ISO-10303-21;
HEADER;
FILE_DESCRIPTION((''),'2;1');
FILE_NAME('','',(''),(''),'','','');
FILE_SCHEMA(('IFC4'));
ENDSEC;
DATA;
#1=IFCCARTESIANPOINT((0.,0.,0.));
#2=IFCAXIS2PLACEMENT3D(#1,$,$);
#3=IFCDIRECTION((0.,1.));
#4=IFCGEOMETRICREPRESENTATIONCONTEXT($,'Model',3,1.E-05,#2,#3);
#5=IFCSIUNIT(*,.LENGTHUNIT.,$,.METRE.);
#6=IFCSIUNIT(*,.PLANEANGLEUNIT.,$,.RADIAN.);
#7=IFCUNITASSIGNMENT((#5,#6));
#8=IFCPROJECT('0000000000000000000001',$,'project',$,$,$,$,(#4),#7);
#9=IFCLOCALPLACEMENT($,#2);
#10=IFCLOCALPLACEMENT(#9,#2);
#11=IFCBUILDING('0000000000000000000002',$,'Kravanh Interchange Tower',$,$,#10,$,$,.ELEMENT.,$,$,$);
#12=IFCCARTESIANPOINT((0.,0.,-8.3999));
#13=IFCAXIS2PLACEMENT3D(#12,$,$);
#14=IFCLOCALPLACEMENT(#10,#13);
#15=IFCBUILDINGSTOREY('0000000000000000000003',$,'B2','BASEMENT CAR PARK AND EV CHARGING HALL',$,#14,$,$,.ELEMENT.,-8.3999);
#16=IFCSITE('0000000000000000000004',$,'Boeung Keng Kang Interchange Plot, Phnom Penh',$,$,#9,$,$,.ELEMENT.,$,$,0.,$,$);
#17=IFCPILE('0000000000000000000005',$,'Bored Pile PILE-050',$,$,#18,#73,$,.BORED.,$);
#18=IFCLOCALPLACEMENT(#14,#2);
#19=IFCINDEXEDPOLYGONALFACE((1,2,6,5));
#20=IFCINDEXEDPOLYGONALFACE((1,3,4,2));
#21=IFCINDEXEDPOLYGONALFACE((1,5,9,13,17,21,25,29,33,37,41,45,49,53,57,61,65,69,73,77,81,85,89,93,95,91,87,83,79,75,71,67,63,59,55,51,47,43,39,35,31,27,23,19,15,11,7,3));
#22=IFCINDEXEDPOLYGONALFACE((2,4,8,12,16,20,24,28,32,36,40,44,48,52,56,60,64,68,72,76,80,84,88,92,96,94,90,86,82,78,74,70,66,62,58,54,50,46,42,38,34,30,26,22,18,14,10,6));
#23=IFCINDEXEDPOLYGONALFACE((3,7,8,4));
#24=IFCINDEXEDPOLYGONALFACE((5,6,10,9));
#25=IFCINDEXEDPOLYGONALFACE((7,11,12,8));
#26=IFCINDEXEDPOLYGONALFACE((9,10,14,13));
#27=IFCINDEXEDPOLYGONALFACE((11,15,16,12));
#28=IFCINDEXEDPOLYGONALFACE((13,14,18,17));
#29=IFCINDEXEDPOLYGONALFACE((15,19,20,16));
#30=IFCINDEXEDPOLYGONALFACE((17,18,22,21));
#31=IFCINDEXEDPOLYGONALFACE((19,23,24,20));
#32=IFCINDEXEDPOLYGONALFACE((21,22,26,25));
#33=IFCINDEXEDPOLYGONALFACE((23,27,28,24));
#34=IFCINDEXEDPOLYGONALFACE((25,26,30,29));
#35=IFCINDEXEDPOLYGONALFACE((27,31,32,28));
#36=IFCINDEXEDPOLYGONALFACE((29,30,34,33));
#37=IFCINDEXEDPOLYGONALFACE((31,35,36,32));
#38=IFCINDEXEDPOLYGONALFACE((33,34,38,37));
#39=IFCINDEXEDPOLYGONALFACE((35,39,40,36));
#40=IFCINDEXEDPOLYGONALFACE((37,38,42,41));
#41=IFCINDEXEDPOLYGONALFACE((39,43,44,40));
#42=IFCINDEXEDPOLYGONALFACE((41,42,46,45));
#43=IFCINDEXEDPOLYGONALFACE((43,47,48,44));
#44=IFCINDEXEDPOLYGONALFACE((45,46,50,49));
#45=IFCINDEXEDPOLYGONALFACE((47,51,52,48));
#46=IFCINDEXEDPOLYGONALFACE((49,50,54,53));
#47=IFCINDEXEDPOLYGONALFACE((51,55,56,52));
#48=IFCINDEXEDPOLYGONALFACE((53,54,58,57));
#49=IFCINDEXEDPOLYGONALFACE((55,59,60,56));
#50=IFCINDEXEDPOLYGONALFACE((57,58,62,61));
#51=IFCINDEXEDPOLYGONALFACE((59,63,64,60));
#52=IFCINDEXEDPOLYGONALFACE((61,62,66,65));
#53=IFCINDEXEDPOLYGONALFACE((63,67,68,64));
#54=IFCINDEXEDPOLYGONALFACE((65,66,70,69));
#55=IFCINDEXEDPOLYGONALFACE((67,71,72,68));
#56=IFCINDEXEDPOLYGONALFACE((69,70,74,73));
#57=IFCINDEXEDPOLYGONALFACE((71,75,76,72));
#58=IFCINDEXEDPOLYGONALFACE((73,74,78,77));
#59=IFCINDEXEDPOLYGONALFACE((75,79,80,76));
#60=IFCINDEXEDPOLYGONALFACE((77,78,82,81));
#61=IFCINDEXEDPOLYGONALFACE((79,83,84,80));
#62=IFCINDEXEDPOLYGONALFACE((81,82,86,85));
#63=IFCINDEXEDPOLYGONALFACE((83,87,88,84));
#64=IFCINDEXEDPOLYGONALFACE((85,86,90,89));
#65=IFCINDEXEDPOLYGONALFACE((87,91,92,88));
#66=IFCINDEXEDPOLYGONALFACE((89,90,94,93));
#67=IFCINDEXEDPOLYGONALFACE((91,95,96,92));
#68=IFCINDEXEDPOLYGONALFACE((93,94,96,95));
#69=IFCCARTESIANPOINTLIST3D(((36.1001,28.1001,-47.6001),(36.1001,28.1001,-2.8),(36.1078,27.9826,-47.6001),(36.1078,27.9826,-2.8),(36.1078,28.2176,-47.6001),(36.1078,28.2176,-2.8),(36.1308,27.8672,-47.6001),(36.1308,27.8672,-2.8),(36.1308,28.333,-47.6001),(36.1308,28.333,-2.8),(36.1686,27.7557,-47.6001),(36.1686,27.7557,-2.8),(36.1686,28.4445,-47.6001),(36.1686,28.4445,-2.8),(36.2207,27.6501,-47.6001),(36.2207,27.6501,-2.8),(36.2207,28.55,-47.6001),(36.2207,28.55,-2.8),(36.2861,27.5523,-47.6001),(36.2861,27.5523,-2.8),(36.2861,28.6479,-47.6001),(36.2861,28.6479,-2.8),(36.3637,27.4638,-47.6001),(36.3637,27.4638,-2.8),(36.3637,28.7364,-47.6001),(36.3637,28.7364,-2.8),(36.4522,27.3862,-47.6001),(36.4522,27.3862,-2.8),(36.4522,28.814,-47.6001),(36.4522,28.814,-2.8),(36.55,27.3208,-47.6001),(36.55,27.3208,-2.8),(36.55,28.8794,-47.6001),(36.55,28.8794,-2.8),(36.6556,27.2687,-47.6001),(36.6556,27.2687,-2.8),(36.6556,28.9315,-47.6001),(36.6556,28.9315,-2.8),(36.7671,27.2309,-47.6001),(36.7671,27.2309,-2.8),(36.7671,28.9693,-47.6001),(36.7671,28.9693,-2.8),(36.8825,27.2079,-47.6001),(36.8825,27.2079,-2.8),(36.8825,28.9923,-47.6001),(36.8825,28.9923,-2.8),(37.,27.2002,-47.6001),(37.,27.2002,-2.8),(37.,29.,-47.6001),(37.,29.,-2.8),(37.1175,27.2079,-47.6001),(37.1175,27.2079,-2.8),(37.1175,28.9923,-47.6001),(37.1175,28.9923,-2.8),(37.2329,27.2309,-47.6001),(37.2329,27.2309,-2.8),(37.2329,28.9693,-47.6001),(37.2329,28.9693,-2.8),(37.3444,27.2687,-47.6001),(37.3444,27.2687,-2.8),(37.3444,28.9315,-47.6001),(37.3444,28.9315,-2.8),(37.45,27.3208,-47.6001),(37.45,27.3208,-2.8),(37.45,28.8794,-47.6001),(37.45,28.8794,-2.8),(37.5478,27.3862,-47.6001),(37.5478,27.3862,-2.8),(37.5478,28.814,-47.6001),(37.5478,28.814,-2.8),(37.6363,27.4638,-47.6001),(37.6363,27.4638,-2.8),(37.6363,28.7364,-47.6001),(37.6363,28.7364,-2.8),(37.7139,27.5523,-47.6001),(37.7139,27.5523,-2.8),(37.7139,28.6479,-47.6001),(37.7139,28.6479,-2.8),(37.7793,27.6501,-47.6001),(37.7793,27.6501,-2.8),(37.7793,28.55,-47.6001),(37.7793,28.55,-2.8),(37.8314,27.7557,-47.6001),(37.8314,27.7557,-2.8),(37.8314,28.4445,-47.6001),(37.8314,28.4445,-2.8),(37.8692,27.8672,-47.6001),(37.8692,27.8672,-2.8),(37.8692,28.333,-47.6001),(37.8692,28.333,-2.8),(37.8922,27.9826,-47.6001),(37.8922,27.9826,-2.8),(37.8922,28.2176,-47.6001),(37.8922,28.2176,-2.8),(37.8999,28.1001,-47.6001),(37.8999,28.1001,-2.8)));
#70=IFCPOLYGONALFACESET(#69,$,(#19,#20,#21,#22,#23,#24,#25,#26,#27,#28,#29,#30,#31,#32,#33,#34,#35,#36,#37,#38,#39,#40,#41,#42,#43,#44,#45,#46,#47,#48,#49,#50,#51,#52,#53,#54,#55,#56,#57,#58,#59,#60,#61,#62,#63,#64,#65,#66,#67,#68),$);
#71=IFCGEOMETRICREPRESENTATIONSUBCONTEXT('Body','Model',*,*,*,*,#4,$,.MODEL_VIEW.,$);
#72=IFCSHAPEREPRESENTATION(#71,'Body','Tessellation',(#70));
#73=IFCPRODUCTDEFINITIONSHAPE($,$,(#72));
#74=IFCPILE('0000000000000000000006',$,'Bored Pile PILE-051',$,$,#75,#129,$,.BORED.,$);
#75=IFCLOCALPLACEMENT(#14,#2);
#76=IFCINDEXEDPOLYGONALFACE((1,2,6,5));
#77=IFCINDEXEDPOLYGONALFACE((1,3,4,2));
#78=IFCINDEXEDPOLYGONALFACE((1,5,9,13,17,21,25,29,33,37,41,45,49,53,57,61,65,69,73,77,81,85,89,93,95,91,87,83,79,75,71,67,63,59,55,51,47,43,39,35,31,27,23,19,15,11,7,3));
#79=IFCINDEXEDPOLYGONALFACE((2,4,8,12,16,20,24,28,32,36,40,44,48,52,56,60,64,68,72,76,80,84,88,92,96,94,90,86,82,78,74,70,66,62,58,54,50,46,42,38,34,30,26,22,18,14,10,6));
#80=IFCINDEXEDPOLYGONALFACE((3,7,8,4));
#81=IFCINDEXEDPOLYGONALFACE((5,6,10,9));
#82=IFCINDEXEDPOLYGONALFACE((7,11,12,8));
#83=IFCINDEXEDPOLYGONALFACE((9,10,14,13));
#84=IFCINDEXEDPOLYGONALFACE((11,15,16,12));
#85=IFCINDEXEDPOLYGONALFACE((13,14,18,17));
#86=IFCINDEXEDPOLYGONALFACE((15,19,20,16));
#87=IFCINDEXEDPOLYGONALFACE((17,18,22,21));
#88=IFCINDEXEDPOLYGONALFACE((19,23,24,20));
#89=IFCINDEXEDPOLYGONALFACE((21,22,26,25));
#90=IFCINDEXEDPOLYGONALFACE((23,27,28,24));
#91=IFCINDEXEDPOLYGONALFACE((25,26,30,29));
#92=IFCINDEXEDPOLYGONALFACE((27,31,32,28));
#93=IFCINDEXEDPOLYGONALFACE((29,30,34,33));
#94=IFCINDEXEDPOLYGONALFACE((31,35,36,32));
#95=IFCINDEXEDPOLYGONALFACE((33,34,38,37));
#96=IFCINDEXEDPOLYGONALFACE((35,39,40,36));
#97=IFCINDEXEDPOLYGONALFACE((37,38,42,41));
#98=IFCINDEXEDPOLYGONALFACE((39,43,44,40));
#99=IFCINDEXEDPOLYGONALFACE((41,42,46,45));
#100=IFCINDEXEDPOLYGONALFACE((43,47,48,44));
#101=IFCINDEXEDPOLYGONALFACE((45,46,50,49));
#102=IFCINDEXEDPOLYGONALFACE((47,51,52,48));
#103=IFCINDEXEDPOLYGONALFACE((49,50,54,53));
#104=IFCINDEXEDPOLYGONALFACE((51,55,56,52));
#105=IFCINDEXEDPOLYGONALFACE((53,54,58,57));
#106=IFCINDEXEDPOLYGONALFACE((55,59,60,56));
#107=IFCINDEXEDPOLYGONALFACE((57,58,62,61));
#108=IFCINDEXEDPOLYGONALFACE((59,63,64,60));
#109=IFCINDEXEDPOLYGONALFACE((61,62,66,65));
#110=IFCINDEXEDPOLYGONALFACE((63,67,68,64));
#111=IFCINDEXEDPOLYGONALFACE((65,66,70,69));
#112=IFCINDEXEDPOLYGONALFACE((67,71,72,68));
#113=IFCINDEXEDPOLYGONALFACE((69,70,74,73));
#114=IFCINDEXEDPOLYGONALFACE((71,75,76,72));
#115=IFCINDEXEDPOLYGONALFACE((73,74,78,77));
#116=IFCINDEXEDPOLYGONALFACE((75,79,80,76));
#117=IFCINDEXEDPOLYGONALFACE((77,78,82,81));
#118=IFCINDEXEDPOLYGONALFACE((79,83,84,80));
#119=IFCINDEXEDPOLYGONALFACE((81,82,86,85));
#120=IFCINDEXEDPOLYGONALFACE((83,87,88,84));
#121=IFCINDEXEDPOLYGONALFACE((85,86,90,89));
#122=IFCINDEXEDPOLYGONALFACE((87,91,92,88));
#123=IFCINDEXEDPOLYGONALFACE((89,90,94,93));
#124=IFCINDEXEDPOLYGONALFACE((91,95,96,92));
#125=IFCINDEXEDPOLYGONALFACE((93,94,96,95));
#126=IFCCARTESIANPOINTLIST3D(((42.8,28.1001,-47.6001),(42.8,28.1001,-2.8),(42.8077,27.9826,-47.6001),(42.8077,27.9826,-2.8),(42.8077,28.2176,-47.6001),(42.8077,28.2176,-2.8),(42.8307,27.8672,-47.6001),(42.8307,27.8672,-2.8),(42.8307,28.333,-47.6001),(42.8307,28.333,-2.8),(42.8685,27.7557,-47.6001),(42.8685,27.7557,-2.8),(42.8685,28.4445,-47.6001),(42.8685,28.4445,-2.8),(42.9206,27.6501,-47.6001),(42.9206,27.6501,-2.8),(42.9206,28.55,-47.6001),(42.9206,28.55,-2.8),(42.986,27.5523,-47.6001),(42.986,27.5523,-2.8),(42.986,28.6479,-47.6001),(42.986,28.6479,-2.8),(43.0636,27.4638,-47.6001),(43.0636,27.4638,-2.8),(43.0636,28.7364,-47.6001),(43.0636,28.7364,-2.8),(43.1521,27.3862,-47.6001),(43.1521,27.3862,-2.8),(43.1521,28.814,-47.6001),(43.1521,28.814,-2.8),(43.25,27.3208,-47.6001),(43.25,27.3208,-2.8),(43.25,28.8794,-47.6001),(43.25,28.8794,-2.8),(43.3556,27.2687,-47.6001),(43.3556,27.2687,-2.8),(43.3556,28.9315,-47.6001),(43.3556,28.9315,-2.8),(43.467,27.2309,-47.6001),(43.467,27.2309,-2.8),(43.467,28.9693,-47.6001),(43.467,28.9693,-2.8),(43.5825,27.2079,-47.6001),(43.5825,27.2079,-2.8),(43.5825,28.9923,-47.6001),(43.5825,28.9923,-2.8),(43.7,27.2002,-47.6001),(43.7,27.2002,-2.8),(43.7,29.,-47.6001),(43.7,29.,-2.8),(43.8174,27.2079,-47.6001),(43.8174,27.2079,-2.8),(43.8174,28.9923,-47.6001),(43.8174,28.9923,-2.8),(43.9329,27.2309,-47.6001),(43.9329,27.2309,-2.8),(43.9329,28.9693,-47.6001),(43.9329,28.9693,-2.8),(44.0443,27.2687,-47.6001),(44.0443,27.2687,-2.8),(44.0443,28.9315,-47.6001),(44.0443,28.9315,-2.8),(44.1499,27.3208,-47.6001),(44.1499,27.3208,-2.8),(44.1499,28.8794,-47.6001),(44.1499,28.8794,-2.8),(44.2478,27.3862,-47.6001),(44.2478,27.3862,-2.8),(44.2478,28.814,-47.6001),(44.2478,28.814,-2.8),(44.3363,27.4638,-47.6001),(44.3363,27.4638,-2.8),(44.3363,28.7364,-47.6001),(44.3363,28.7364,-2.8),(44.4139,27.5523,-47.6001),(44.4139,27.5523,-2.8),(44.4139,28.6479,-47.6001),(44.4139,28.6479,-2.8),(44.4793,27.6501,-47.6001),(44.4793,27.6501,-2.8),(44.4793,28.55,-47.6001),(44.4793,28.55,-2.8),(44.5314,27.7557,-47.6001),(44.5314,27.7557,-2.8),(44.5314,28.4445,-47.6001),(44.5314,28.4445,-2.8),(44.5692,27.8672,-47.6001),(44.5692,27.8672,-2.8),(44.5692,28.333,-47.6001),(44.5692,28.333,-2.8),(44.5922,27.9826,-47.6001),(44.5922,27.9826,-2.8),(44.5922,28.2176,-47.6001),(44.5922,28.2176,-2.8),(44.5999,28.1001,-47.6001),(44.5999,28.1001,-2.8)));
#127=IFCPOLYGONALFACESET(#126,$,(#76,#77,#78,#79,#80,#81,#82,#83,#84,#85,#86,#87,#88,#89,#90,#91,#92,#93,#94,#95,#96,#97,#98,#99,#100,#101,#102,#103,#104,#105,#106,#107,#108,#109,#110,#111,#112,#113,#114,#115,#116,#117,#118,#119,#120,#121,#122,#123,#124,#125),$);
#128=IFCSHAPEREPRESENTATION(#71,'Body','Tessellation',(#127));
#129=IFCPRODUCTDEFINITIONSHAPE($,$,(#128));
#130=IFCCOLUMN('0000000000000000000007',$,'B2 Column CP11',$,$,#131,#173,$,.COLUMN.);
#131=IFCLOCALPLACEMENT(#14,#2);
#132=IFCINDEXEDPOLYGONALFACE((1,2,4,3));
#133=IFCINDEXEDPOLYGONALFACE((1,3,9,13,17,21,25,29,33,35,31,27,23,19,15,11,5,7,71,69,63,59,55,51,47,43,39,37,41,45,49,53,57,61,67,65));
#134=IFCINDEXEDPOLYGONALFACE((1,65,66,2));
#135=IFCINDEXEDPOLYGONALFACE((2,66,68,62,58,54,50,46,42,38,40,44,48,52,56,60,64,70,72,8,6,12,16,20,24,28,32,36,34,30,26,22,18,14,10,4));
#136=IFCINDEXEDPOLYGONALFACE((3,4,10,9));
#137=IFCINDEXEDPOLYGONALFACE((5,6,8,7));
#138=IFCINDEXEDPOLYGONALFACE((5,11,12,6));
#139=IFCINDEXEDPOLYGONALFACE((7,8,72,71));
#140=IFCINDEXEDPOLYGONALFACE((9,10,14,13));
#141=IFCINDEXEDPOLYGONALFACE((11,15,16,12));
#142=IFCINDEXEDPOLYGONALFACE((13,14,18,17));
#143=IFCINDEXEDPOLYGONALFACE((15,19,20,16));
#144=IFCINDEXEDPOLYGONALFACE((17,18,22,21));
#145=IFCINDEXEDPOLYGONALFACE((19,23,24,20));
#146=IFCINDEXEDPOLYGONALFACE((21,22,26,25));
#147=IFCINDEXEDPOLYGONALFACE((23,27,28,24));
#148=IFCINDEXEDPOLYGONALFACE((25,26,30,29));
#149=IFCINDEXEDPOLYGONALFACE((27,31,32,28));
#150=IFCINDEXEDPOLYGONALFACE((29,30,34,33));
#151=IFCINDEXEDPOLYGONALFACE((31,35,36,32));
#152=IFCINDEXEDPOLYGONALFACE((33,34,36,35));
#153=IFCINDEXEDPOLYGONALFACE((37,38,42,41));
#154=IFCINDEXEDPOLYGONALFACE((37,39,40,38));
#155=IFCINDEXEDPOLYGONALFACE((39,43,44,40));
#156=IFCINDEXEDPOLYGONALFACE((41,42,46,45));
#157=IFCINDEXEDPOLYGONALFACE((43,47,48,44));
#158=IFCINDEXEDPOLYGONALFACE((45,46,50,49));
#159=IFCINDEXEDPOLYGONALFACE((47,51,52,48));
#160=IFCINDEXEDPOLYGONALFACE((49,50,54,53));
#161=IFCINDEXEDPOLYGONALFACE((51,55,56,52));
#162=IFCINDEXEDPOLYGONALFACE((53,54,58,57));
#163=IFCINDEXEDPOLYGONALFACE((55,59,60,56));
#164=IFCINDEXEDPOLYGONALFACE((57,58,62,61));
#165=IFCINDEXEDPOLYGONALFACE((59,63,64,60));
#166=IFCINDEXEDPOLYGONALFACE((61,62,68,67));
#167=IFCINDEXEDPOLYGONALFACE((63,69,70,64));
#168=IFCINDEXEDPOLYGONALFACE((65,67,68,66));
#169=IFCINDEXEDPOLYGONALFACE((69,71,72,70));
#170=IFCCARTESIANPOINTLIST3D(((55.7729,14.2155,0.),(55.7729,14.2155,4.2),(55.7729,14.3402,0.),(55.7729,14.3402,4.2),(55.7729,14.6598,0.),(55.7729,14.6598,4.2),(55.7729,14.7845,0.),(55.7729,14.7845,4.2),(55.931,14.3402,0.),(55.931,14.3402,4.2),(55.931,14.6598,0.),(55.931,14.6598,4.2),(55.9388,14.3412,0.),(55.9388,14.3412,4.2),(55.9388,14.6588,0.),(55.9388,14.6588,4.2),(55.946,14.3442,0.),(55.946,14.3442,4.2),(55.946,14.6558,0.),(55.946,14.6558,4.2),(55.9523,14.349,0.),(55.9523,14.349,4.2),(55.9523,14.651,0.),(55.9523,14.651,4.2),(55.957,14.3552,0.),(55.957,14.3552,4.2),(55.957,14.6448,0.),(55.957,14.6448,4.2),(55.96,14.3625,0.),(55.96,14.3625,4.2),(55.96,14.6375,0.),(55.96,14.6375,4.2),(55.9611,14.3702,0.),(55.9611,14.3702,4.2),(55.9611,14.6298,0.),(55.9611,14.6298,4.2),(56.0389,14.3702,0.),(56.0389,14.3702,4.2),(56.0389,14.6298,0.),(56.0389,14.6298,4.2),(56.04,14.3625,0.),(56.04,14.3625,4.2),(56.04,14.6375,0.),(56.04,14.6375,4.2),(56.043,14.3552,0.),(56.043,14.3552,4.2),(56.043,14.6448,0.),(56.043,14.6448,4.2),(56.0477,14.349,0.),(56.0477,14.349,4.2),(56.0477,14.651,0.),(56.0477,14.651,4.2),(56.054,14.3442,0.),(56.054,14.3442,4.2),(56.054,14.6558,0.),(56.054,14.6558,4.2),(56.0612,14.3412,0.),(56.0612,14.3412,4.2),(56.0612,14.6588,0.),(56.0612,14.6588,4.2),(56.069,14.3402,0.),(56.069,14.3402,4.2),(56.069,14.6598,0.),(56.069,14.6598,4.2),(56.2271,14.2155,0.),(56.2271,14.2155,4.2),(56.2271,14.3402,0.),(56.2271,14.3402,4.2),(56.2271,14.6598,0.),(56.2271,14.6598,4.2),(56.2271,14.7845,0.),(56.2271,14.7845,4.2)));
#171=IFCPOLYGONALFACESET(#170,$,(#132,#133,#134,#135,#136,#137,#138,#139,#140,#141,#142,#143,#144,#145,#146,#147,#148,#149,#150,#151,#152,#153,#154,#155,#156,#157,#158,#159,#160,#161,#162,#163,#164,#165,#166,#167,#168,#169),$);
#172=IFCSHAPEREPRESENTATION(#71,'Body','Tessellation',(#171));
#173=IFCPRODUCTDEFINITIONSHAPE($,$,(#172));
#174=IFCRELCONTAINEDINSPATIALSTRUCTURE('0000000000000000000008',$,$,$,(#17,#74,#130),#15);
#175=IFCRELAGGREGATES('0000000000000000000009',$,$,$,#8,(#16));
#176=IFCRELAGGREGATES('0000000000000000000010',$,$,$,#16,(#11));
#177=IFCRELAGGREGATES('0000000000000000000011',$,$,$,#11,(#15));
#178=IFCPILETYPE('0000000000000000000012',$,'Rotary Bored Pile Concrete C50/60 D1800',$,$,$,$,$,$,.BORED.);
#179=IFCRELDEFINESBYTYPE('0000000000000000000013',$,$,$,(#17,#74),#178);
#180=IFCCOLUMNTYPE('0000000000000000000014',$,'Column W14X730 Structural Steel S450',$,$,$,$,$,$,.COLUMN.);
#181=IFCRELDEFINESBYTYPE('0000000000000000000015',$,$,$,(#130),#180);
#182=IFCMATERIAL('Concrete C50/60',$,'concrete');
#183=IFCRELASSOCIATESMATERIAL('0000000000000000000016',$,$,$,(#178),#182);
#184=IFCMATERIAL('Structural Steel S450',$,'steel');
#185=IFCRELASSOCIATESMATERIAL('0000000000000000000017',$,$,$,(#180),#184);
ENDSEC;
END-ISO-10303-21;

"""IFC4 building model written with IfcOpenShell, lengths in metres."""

from ifc_helpers import new_model, si_unit, direction, frame, origin, origin_2d, place, context, subcontext, project, spatial, circle, i_section, extrude, material, material_profile, profile_set, type_object, element, save


model = new_model("IFC4")

# Units and contexts
model_context = context("Model", 3, precision=1e-05, world=origin(), true_north=direction((0.0, 1.0)))
body_context = subcontext(model_context, "Body", "Model", "MODEL_VIEW")
ifc_project = project(units=[si_unit("LENGTHUNIT", "METRE"), si_unit("PLANEANGLEUNIT", "RADIAN")], contexts=[model_context])

# Site, building, storey
site_placement = place(None, origin())
site = spatial("IfcSite", under=ifc_project, at=site_placement, Name="Boeung Keng Kang Interchange Plot, Phnom Penh", CompositionType="ELEMENT", RefElevation=0.0)
building_placement = place(site_placement, origin())
building = spatial("IfcBuilding", under=site, at=building_placement, Name="Kravanh Interchange Tower", CompositionType="ELEMENT")
storey_placement = place(building_placement, frame((0.0, 0.0, -8.3999)))
storey = spatial("IfcBuildingStorey", under=building, at=storey_placement, Name="B2", Description="BASEMENT CAR PARK AND EV CHARGING HALL", CompositionType="ELEMENT", Elevation=-8.3999)

# Piles
ifc_material_1 = material(Name="Concrete C50/60", Category="concrete")
ifc_material_profile_1 = material_profile(ifc_material_1, circle(Radius=0.8999, at=origin_2d()), Name="PILE-D1800")
ifc_profile_set_1 = profile_set([ifc_material_profile_1], Name="Concrete C50/60")
pile_type_1 = type_object("IfcPileType", Name="Rotary Bored Pile Concrete C50/60 D1800", PredefinedType="BORED", material=ifc_profile_set_1)
for number, where, z_axis, x_axis, name in (
    (1, (37.0, 28.1001, -2.8), (0.0, 0.0, -1.0), (1.0, 0.0, 0.0), "Bored Pile PILE-050"),
    (2, (43.7, 28.1001, -2.8), (0.0, 0.0, -1.0), (1.0, 0.0, 0.0), "Bored Pile PILE-051"),
):
    element("IfcPile", number, at=place(storey_placement, frame(where, z_axis=z_axis, x_axis=x_axis)), inside=storey, type_object=pile_type_1, Name=name, PredefinedType="BORED", context=body_context, shape_type="SweptSolid", body=[
        extrude(circle(Radius=0.8999, at=origin_2d()), origin(), (0.0, 0.0, 1.0), 44.8),
    ])

# Column
ifc_material_2 = material(Name="Structural Steel S450", Category="steel")
ifc_material_profile_2 = material_profile(ifc_material_2, i_section(OverallWidth=0.4541, OverallDepth=0.5691, WebThickness=0.0779, FlangeThickness=0.1248, FilletRadius=0.03, at=origin_2d()), Name="W14X730")
ifc_profile_set_2 = profile_set([ifc_material_profile_2], Name="Structural Steel S450")
column_type = type_object("IfcColumnType", Name="Column W14X730 Structural Steel S450", PredefinedType="COLUMN", material=ifc_profile_set_2)
for number, where, z_axis, x_axis, name in (
    (3, (56.0, 14.5, 0.0), (0.0, 0.0, 1.0), (1.0, 0.0, 0.0), "B2 Column CP11"),
):
    element("IfcColumn", number, at=place(storey_placement, frame(where, z_axis=z_axis, x_axis=x_axis)), inside=storey, type_object=column_type, Name=name, PredefinedType="COLUMN", context=body_context, shape_type="SweptSolid", body=[
        extrude(i_section(OverallWidth=0.4541, OverallDepth=0.5691, WebThickness=0.0779, FlangeThickness=0.1248, FilletRadius=0.03, at=origin_2d()), origin(), (0.0, 0.0, 1.0), 4.2),
    ])

save(model, "model.ifc")
